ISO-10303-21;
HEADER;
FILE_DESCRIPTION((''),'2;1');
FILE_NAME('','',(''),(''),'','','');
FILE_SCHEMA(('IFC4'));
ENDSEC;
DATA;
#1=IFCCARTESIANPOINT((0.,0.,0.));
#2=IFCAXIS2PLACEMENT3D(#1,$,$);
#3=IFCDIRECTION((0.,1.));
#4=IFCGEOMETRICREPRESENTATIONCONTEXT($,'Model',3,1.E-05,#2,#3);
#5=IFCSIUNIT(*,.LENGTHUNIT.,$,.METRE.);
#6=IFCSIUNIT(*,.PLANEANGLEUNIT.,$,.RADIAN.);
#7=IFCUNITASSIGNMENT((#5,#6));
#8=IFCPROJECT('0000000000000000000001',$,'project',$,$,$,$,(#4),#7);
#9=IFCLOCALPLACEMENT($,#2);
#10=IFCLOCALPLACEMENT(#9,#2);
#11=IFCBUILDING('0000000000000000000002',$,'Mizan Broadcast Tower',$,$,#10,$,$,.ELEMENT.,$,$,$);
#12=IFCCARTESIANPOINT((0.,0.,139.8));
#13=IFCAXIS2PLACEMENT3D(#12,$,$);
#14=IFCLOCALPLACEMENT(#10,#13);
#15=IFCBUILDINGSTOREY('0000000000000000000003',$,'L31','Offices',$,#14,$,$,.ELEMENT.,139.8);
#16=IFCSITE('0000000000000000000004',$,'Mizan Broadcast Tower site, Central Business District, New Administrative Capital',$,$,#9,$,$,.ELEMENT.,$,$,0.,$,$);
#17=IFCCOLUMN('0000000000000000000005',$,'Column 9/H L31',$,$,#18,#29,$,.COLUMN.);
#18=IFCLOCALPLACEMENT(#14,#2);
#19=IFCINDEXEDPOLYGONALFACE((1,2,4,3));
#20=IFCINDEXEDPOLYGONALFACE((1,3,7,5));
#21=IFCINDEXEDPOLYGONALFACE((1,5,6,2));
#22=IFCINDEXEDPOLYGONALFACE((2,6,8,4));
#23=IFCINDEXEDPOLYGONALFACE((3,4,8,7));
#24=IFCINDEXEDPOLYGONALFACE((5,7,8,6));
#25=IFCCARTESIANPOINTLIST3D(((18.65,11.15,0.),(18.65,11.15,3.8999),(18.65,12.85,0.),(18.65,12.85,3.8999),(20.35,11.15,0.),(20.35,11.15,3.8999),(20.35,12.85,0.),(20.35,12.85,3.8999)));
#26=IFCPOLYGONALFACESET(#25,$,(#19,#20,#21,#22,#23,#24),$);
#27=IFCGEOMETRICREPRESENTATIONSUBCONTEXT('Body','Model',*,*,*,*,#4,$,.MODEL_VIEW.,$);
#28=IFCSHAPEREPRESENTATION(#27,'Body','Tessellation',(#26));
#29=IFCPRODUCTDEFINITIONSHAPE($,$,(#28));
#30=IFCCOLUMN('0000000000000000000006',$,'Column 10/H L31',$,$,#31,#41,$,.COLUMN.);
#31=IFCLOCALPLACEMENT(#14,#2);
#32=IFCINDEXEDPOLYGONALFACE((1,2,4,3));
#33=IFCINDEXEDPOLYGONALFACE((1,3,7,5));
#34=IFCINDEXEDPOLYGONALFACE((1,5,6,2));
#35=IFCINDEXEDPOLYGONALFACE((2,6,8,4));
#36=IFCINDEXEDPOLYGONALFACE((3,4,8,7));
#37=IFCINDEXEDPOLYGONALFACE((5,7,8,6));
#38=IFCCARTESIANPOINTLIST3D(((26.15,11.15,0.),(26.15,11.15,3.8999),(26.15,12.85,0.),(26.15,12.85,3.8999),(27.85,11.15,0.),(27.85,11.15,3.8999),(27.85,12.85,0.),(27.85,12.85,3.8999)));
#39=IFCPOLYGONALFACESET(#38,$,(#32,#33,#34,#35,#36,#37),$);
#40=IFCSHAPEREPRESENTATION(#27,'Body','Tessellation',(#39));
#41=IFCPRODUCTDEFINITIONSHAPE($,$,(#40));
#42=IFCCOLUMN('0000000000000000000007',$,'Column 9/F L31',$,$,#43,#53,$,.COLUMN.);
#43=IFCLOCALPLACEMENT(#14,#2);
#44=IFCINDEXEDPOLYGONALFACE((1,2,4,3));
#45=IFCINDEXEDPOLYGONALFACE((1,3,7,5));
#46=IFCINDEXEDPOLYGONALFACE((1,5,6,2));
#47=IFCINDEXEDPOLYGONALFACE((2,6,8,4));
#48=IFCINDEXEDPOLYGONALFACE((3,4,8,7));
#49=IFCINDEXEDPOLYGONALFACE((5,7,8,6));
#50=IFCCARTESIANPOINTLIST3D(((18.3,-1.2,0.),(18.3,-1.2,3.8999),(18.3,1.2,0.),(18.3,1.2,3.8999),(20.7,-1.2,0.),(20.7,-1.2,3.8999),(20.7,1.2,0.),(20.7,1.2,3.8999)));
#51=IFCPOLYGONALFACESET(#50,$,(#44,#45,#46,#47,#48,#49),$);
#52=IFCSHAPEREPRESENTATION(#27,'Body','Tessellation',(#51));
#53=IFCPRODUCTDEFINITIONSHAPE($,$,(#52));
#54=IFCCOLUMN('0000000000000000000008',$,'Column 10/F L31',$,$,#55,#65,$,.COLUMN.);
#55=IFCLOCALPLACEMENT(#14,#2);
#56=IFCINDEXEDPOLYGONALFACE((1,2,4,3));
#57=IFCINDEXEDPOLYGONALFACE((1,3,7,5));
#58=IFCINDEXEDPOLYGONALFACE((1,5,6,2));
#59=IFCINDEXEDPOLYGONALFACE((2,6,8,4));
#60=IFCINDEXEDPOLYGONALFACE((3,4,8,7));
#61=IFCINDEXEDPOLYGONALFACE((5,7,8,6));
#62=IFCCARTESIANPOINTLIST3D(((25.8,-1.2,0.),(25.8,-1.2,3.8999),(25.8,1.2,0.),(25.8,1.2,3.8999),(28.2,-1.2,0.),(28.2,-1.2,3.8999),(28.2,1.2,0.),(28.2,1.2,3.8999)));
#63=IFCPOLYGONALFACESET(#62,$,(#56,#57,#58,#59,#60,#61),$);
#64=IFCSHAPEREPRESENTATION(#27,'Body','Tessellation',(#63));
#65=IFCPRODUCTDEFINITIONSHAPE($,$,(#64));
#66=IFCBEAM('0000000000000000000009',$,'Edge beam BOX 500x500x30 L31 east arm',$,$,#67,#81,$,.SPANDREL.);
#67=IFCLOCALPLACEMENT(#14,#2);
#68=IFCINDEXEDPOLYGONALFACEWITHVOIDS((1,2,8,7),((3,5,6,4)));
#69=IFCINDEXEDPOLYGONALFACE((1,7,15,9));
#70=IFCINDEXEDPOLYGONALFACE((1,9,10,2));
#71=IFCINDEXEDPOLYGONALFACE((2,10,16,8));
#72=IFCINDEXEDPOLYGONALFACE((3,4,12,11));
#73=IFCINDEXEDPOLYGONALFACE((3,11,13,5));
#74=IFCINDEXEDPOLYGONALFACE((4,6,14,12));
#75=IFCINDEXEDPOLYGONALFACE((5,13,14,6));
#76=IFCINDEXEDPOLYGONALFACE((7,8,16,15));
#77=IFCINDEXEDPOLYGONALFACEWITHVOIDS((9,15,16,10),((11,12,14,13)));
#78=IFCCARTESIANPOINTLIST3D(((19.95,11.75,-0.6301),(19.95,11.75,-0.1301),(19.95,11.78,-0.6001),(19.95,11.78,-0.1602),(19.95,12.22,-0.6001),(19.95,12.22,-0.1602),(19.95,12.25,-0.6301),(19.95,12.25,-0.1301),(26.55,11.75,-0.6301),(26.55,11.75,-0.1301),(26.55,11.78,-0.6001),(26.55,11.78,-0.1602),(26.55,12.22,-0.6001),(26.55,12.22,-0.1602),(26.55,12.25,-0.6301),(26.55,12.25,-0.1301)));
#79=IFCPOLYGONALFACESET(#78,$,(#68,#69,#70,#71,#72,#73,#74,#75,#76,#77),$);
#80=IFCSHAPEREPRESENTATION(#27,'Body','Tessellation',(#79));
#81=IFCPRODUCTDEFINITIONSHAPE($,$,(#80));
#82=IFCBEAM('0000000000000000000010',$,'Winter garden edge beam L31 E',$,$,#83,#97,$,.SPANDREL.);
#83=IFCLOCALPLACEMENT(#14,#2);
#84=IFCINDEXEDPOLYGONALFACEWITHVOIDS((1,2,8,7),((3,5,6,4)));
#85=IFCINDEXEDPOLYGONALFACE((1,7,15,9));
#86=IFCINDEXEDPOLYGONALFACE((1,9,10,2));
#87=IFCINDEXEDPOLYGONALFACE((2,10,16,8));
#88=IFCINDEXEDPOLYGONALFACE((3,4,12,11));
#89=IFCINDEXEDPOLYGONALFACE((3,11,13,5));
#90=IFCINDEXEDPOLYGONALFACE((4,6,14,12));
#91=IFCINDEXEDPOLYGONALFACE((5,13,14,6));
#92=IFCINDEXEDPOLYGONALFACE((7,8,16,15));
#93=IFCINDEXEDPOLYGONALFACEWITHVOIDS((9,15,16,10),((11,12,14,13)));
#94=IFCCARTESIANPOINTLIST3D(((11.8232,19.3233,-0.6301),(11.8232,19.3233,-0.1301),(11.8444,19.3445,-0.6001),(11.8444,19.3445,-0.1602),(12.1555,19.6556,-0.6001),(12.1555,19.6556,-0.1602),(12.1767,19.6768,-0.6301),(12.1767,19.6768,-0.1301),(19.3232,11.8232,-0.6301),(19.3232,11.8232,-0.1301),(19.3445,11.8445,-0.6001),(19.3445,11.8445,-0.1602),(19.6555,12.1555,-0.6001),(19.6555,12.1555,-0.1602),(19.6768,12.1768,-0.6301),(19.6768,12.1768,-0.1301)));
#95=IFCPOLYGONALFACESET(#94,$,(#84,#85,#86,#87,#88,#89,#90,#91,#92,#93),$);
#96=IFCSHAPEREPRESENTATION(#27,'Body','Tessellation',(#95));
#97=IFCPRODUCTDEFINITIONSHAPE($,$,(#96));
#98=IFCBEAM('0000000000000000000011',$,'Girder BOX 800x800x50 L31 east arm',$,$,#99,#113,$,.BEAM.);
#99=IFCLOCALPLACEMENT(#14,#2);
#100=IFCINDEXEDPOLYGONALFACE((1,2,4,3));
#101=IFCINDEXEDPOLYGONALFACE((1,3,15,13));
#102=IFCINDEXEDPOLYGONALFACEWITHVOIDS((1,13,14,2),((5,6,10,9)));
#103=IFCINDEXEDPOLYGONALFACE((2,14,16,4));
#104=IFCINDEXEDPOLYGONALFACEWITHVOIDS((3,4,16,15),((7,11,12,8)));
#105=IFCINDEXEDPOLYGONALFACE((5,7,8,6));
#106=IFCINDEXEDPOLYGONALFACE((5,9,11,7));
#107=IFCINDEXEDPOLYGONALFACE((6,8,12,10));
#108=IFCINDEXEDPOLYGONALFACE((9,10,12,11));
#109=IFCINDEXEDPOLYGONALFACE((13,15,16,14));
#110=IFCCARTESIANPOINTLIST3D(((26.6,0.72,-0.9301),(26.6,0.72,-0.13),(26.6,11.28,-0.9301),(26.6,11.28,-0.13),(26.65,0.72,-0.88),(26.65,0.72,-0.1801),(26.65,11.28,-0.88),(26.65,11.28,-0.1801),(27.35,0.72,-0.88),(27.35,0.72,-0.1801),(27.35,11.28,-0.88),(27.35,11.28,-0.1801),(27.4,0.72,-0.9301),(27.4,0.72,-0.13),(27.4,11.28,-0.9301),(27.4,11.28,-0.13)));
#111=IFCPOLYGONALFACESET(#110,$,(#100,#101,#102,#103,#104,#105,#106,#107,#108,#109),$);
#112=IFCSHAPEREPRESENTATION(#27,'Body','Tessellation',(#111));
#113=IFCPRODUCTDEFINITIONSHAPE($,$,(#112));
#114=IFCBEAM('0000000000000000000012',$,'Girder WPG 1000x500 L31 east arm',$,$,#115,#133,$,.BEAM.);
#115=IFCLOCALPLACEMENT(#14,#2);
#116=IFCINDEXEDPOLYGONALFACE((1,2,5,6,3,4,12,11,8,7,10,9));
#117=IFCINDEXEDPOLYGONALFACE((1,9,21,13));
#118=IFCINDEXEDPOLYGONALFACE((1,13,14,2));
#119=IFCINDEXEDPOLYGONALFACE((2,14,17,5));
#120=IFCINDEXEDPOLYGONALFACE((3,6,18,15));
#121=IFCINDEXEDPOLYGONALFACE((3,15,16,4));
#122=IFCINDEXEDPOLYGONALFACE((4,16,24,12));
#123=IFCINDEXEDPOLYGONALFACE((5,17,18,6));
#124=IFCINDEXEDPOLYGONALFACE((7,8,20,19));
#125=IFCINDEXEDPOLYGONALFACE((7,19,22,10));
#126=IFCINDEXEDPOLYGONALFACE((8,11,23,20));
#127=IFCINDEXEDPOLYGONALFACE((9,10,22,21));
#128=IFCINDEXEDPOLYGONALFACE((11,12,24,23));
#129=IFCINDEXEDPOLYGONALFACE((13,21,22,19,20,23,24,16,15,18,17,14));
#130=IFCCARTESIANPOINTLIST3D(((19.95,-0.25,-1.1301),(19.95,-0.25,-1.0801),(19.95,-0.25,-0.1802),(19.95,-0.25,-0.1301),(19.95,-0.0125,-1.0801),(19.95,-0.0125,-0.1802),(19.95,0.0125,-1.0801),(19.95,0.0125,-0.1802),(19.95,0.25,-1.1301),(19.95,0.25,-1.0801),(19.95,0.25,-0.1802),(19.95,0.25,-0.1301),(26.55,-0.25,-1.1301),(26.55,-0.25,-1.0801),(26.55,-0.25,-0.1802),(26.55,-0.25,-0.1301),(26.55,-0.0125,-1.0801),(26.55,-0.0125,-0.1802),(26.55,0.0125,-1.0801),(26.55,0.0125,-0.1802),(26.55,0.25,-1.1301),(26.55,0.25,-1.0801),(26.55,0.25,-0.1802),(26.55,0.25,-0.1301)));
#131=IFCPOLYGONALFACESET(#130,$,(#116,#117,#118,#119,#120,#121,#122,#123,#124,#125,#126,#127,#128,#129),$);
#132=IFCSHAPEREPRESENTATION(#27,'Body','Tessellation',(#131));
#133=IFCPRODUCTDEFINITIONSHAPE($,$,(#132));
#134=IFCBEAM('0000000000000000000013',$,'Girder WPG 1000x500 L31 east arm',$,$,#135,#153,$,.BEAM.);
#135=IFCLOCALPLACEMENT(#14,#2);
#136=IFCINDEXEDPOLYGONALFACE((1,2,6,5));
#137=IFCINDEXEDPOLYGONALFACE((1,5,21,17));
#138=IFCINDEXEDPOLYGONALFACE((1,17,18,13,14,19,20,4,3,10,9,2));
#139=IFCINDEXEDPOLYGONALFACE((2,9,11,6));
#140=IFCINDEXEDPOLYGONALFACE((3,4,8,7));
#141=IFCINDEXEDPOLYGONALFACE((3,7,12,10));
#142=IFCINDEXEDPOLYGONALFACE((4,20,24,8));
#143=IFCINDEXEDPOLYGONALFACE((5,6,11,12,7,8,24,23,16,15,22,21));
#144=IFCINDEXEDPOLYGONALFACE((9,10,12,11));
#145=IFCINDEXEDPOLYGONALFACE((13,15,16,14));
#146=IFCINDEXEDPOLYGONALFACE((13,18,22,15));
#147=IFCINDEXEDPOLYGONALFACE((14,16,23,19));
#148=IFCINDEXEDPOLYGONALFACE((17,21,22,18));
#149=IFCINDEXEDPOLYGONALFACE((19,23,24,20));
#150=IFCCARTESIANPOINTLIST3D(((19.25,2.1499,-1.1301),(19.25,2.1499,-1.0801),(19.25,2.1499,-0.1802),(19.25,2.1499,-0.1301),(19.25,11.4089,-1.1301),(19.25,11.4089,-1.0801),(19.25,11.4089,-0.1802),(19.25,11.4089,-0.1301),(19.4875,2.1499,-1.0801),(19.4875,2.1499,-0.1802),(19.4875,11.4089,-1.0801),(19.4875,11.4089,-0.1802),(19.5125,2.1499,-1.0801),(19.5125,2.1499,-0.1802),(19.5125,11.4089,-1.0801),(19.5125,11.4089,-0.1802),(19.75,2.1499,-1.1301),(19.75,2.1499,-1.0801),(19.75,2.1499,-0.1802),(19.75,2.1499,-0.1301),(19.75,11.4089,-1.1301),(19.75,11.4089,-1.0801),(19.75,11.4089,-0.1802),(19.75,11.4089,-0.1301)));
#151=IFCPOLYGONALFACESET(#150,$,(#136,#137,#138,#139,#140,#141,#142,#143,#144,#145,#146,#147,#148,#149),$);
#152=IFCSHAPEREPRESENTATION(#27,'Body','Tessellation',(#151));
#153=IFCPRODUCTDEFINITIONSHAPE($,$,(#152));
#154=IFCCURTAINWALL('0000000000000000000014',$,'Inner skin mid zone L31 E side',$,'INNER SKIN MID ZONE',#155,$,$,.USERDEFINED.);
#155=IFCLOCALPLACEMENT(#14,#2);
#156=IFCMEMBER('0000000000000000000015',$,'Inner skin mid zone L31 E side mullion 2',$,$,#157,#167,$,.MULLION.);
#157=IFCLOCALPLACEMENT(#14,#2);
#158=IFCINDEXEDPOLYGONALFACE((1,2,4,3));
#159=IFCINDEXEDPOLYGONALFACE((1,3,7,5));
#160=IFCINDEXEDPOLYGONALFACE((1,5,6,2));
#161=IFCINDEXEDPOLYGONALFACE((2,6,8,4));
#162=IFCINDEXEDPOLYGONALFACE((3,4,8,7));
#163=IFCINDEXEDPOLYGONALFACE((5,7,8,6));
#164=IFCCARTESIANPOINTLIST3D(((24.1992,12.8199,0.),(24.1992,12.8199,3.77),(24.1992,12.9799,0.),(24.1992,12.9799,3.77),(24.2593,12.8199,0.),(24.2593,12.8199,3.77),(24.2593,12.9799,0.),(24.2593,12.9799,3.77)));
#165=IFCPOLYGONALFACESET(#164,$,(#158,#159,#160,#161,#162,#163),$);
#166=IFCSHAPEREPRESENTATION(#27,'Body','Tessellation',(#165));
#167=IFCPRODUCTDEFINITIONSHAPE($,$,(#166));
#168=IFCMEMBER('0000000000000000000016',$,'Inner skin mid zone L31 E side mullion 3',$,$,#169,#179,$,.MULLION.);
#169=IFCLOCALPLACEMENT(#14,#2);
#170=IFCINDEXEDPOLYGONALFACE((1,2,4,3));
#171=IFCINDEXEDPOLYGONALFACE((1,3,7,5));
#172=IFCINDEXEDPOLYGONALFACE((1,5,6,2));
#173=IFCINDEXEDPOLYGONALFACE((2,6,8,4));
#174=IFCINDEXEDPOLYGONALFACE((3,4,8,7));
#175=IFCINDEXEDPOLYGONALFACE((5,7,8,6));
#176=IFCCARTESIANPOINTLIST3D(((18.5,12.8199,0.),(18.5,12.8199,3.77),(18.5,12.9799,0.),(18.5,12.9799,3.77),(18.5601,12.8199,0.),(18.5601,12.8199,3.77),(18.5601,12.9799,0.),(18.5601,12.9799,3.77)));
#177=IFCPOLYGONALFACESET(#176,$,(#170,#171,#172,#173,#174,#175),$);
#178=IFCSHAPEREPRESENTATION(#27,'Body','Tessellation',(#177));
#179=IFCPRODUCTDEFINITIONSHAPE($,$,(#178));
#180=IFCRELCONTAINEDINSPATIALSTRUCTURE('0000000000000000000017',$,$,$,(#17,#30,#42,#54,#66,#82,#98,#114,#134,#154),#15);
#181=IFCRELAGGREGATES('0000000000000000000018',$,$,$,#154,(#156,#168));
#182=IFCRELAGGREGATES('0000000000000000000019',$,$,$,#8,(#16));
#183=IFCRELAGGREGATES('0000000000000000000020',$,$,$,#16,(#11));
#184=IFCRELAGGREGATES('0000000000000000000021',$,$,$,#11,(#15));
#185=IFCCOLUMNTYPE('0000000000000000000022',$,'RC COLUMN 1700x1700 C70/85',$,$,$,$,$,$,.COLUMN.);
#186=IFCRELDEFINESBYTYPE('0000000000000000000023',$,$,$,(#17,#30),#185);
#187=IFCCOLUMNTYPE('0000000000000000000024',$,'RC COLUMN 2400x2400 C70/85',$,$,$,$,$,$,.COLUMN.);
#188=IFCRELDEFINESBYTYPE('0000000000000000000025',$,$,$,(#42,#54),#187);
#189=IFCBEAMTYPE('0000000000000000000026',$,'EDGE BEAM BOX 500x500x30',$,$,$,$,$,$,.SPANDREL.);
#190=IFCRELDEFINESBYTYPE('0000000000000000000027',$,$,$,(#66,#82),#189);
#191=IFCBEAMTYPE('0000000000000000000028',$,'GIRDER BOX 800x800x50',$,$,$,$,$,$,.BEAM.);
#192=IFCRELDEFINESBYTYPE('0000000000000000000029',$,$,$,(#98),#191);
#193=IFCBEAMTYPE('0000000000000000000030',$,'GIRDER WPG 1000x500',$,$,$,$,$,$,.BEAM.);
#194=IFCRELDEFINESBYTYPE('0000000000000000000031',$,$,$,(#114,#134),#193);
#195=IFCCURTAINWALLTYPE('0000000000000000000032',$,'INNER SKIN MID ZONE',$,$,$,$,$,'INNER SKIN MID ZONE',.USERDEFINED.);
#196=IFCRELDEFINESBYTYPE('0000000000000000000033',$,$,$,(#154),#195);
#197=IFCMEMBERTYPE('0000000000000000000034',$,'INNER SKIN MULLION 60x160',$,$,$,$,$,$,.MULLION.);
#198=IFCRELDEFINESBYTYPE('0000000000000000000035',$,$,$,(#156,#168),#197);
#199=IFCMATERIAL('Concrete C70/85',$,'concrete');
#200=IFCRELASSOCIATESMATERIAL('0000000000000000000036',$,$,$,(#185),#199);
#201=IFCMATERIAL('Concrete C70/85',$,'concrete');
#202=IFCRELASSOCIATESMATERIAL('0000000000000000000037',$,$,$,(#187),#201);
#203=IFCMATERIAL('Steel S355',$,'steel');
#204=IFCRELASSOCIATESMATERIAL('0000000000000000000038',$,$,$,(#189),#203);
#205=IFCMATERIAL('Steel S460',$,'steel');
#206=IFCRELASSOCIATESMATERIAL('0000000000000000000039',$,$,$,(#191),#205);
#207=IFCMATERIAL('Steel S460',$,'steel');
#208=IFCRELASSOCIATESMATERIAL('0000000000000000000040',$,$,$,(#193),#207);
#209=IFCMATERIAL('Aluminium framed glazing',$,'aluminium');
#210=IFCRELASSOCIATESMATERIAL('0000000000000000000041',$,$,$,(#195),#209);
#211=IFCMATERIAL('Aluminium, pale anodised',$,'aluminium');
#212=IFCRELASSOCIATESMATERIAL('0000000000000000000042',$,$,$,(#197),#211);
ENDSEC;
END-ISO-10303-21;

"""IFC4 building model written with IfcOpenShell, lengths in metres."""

from ifc_helpers import new_model, si_unit, direction, frame, origin, origin_2d, place, context, subcontext, project, spatial, rectangle, hollow_rectangle, i_section, extrude, material, material_profile, profile_set, type_object, element, aggregate, save


model = new_model("IFC4")

# Units and contexts
model_context = context("Model", 3, precision=1e-05, world=origin(), true_north=direction((0.0, 1.0)))
body_context = subcontext(model_context, "Body", "Model", "MODEL_VIEW")
ifc_project = project(units=[si_unit("LENGTHUNIT", "METRE"), si_unit("PLANEANGLEUNIT", "RADIAN")], contexts=[model_context])

# Site, building, storey
site_placement = place(None, origin())
site = spatial("IfcSite", under=ifc_project, at=site_placement, Name="Mizan Broadcast Tower site, Central Business District, New Administrative Capital", CompositionType="ELEMENT", RefElevation=0.0)
building_placement = place(site_placement, origin())
building = spatial("IfcBuilding", under=site, at=building_placement, Name="Mizan Broadcast Tower", CompositionType="ELEMENT")
storey_placement = place(building_placement, frame((0.0, 0.0, 139.8)))
storey = spatial("IfcBuildingStorey", under=building, at=storey_placement, Name="L31", Description="Offices", CompositionType="ELEMENT", Elevation=139.8)

# Columns
ifc_material_1 = material(Name="Concrete C70/85", Category="concrete")
ifc_material_profile_1 = material_profile(ifc_material_1, rectangle(XDim=1.7, YDim=1.7, at=origin_2d()), Name="RC 1700x1700")
ifc_profile_set_1 = profile_set([ifc_material_profile_1], Name="Concrete C70/85")
column_type_1 = type_object("IfcColumnType", Name="RC COLUMN 1700x1700 C70/85", PredefinedType="COLUMN", material=ifc_profile_set_1)
for number, where, z_axis, x_axis, name in (
    (1, (19.5, 12.0, 0.0), (0.0, 0.0, 1.0), (1.0, 0.0, 0.0), "Column 9/H L31"),
    (2, (27.0, 12.0, 0.0), (0.0, 0.0, 1.0), (1.0, 0.0, 0.0), "Column 10/H L31"),
):
    element("IfcColumn", number, at=place(storey_placement, frame(where, z_axis=z_axis, x_axis=x_axis)), inside=storey, type_object=column_type_1, Name=name, PredefinedType="COLUMN", context=body_context, shape_type="SweptSolid", body=[
        extrude(rectangle(XDim=1.7, YDim=1.7, at=origin_2d()), origin(), (0.0, 0.0, 1.0), 3.8999),
    ])
ifc_material_2 = material(Name="Concrete C70/85", Category="concrete")
ifc_material_profile_2 = material_profile(ifc_material_2, rectangle(XDim=2.3999, YDim=2.3999, at=origin_2d()), Name="RC 2400x2400")
ifc_profile_set_2 = profile_set([ifc_material_profile_2], Name="Concrete C70/85")
column_type_2 = type_object("IfcColumnType", Name="RC COLUMN 2400x2400 C70/85", PredefinedType="COLUMN", material=ifc_profile_set_2)
for number, where, z_axis, x_axis, name in (
    (3, (19.5, 0.0, 0.0), (0.0, 0.0, 1.0), (1.0, 0.0, 0.0), "Column 9/F L31"),
    (4, (27.0, 0.0, 0.0), (0.0, 0.0, 1.0), (1.0, 0.0, 0.0), "Column 10/F L31"),
):
    element("IfcColumn", number, at=place(storey_placement, frame(where, z_axis=z_axis, x_axis=x_axis)), inside=storey, type_object=column_type_2, Name=name, PredefinedType="COLUMN", context=body_context, shape_type="SweptSolid", body=[
        extrude(rectangle(XDim=2.3999, YDim=2.3999, at=origin_2d()), origin(), (0.0, 0.0, 1.0), 3.8999),
    ])

# Beams
ifc_material_3 = material(Name="Steel S355", Category="steel")
ifc_material_profile_3 = material_profile(ifc_material_3, hollow_rectangle(XDim=0.5, YDim=0.5, WallThickness=0.03, at=origin_2d()), Name="BOX 500x500x30")
ifc_profile_set_3 = profile_set([ifc_material_profile_3], Name="Steel S355")
beam_type_1 = type_object("IfcBeamType", Name="EDGE BEAM BOX 500x500x30", PredefinedType="SPANDREL", material=ifc_profile_set_3)
beam_1_placement = place(storey_placement, frame((19.95, 12.0, -0.3801), z_axis=(1.0, 0.0, 0.0), x_axis=(0.0, 1.0, 0.0)))
element("IfcBeam", 5, at=beam_1_placement, inside=storey, type_object=beam_type_1, Name="Edge beam BOX 500x500x30 L31 east arm", PredefinedType="SPANDREL", context=body_context, shape_type="SweptSolid", body=[
    extrude(hollow_rectangle(XDim=0.5, YDim=0.5, WallThickness=0.03, at=origin_2d()), origin(), (0.0, 0.0, 1.0), 6.6001),
])
beam_2_placement = place(storey_placement, frame((19.5, 12.0, -0.3801), z_axis=(-0.707107, 0.707107, 0.0), x_axis=(-0.707107, -0.707107, 0.0)))
element("IfcBeam", 6, at=beam_2_placement, inside=storey, type_object=beam_type_1, Name="Winter garden edge beam L31 E", PredefinedType="SPANDREL", context=body_context, shape_type="SweptSolid", body=[
    extrude(hollow_rectangle(XDim=0.5, YDim=0.5, WallThickness=0.03, at=origin_2d()), origin(), (0.0, 0.0, 1.0), 10.6067),
])
ifc_material_4 = material(Name="Steel S460", Category="steel")
ifc_material_profile_4 = material_profile(ifc_material_4, hollow_rectangle(XDim=0.8, YDim=0.8, WallThickness=0.05, at=origin_2d()), Name="BOX 800x800x50")
ifc_profile_set_4 = profile_set([ifc_material_profile_4], Name="Steel S460")
beam_type_2 = type_object("IfcBeamType", Name="GIRDER BOX 800x800x50", PredefinedType="BEAM", material=ifc_profile_set_4)
beam_3_placement = place(storey_placement, frame((27.0, 11.28, -0.53), z_axis=(0.0, -1.0, 0.0), x_axis=(1.0, 0.0, 0.0)))
element("IfcBeam", 7, at=beam_3_placement, inside=storey, type_object=beam_type_2, Name="Girder BOX 800x800x50 L31 east arm", PredefinedType="BEAM", context=body_context, shape_type="SweptSolid", body=[
    extrude(hollow_rectangle(XDim=0.8, YDim=0.8, WallThickness=0.05, at=origin_2d()), origin(), (0.0, 0.0, 1.0), 10.5601),
])
ifc_material_5 = material(Name="Steel S460", Category="steel")
ifc_material_profile_5 = material_profile(ifc_material_5, i_section(OverallWidth=0.5, OverallDepth=1.0, WebThickness=0.0249, FlangeThickness=0.05, at=origin_2d()), Name="WPG 1000x500")
ifc_profile_set_5 = profile_set([ifc_material_profile_5], Name="Steel S460")
beam_type_3 = type_object("IfcBeamType", Name="GIRDER WPG 1000x500", PredefinedType="BEAM", material=ifc_profile_set_5)
beam_4_placement = place(storey_placement, frame((19.95, 0.0, -0.6301), z_axis=(1.0, 0.0, 0.0), x_axis=(0.0, 1.0, 0.0)))
element("IfcBeam", 8, at=beam_4_placement, inside=storey, type_object=beam_type_3, Name="Girder WPG 1000x500 L31 east arm", PredefinedType="BEAM", context=body_context, shape_type="SweptSolid", body=[
    extrude(i_section(OverallWidth=0.5, OverallDepth=1.0, WebThickness=0.0249, FlangeThickness=0.05, at=origin_2d()), origin(), (0.0, 0.0, 1.0), 6.6001),
])
beam_5_placement = place(storey_placement, frame((19.5, 11.4089, -0.6301), z_axis=(0.0, -1.0, 0.0), x_axis=(1.0, 0.0, 0.0)))
element("IfcBeam", 9, at=beam_5_placement, inside=storey, type_object=beam_type_3, Name="Girder WPG 1000x500 L31 east arm", PredefinedType="BEAM", context=body_context, shape_type="SweptSolid", body=[
    extrude(i_section(OverallWidth=0.5, OverallDepth=1.0, WebThickness=0.0249, FlangeThickness=0.05, at=origin_2d()), origin(), (0.0, 0.0, 1.0), 9.259),
])

# Curtain wall, members
ifc_material_6 = material(Name="Aluminium framed glazing", Category="aluminium")
curtain_wall_type_1 = type_object("IfcCurtainWallType", Name="INNER SKIN MID ZONE", ElementType="INNER SKIN MID ZONE", PredefinedType="USERDEFINED", material=ifc_material_6)
curtain_wall_1_placement = place(storey_placement, origin())
curtain_wall_1 = element("IfcCurtainWall", 10, at=curtain_wall_1_placement, inside=storey, type_object=curtain_wall_type_1, Name="Inner skin mid zone L31 E side", ObjectType="INNER SKIN MID ZONE", PredefinedType="USERDEFINED")
ifc_material_7 = material(Name="Aluminium, pale anodised", Category="aluminium")
ifc_material_profile_6 = material_profile(ifc_material_7, rectangle(XDim=0.1599, YDim=0.0601, at=origin_2d()), Name="MULLION 160x60")
ifc_profile_set_6 = profile_set([ifc_material_profile_6], Name="Aluminium, pale anodised")
member_type_1 = type_object("IfcMemberType", Name="INNER SKIN MULLION 60x160", PredefinedType="MULLION", material=ifc_profile_set_6)
member_1_placement = place(storey_placement, frame((24.2292, 12.8999, 0.0), z_axis=(0.0, 0.0, 1.0), x_axis=(0.0, -1.0, 0.0)))
member_1 = element("IfcMember", 11, at=member_1_placement, type_object=member_type_1, Name="Inner skin mid zone L31 E side mullion 2", PredefinedType="MULLION", context=body_context, shape_type="SweptSolid", body=[
    extrude(rectangle(XDim=0.1599, YDim=0.0601, at=origin_2d()), origin(), (0.0, 0.0, 1.0), 3.77),
])
member_2_placement = place(storey_placement, frame((18.53, 12.8999, 0.0), z_axis=(0.0, 0.0, 1.0), x_axis=(0.0, -1.0, 0.0)))
member_2 = element("IfcMember", 12, at=member_2_placement, type_object=member_type_1, Name="Inner skin mid zone L31 E side mullion 3", PredefinedType="MULLION", context=body_context, shape_type="SweptSolid", body=[
    extrude(rectangle(XDim=0.1599, YDim=0.0601, at=origin_2d()), origin(), (0.0, 0.0, 1.0), 3.77),
])

aggregate(curtain_wall_1, [member_1, member_2])

save(model, "model.ifc")
